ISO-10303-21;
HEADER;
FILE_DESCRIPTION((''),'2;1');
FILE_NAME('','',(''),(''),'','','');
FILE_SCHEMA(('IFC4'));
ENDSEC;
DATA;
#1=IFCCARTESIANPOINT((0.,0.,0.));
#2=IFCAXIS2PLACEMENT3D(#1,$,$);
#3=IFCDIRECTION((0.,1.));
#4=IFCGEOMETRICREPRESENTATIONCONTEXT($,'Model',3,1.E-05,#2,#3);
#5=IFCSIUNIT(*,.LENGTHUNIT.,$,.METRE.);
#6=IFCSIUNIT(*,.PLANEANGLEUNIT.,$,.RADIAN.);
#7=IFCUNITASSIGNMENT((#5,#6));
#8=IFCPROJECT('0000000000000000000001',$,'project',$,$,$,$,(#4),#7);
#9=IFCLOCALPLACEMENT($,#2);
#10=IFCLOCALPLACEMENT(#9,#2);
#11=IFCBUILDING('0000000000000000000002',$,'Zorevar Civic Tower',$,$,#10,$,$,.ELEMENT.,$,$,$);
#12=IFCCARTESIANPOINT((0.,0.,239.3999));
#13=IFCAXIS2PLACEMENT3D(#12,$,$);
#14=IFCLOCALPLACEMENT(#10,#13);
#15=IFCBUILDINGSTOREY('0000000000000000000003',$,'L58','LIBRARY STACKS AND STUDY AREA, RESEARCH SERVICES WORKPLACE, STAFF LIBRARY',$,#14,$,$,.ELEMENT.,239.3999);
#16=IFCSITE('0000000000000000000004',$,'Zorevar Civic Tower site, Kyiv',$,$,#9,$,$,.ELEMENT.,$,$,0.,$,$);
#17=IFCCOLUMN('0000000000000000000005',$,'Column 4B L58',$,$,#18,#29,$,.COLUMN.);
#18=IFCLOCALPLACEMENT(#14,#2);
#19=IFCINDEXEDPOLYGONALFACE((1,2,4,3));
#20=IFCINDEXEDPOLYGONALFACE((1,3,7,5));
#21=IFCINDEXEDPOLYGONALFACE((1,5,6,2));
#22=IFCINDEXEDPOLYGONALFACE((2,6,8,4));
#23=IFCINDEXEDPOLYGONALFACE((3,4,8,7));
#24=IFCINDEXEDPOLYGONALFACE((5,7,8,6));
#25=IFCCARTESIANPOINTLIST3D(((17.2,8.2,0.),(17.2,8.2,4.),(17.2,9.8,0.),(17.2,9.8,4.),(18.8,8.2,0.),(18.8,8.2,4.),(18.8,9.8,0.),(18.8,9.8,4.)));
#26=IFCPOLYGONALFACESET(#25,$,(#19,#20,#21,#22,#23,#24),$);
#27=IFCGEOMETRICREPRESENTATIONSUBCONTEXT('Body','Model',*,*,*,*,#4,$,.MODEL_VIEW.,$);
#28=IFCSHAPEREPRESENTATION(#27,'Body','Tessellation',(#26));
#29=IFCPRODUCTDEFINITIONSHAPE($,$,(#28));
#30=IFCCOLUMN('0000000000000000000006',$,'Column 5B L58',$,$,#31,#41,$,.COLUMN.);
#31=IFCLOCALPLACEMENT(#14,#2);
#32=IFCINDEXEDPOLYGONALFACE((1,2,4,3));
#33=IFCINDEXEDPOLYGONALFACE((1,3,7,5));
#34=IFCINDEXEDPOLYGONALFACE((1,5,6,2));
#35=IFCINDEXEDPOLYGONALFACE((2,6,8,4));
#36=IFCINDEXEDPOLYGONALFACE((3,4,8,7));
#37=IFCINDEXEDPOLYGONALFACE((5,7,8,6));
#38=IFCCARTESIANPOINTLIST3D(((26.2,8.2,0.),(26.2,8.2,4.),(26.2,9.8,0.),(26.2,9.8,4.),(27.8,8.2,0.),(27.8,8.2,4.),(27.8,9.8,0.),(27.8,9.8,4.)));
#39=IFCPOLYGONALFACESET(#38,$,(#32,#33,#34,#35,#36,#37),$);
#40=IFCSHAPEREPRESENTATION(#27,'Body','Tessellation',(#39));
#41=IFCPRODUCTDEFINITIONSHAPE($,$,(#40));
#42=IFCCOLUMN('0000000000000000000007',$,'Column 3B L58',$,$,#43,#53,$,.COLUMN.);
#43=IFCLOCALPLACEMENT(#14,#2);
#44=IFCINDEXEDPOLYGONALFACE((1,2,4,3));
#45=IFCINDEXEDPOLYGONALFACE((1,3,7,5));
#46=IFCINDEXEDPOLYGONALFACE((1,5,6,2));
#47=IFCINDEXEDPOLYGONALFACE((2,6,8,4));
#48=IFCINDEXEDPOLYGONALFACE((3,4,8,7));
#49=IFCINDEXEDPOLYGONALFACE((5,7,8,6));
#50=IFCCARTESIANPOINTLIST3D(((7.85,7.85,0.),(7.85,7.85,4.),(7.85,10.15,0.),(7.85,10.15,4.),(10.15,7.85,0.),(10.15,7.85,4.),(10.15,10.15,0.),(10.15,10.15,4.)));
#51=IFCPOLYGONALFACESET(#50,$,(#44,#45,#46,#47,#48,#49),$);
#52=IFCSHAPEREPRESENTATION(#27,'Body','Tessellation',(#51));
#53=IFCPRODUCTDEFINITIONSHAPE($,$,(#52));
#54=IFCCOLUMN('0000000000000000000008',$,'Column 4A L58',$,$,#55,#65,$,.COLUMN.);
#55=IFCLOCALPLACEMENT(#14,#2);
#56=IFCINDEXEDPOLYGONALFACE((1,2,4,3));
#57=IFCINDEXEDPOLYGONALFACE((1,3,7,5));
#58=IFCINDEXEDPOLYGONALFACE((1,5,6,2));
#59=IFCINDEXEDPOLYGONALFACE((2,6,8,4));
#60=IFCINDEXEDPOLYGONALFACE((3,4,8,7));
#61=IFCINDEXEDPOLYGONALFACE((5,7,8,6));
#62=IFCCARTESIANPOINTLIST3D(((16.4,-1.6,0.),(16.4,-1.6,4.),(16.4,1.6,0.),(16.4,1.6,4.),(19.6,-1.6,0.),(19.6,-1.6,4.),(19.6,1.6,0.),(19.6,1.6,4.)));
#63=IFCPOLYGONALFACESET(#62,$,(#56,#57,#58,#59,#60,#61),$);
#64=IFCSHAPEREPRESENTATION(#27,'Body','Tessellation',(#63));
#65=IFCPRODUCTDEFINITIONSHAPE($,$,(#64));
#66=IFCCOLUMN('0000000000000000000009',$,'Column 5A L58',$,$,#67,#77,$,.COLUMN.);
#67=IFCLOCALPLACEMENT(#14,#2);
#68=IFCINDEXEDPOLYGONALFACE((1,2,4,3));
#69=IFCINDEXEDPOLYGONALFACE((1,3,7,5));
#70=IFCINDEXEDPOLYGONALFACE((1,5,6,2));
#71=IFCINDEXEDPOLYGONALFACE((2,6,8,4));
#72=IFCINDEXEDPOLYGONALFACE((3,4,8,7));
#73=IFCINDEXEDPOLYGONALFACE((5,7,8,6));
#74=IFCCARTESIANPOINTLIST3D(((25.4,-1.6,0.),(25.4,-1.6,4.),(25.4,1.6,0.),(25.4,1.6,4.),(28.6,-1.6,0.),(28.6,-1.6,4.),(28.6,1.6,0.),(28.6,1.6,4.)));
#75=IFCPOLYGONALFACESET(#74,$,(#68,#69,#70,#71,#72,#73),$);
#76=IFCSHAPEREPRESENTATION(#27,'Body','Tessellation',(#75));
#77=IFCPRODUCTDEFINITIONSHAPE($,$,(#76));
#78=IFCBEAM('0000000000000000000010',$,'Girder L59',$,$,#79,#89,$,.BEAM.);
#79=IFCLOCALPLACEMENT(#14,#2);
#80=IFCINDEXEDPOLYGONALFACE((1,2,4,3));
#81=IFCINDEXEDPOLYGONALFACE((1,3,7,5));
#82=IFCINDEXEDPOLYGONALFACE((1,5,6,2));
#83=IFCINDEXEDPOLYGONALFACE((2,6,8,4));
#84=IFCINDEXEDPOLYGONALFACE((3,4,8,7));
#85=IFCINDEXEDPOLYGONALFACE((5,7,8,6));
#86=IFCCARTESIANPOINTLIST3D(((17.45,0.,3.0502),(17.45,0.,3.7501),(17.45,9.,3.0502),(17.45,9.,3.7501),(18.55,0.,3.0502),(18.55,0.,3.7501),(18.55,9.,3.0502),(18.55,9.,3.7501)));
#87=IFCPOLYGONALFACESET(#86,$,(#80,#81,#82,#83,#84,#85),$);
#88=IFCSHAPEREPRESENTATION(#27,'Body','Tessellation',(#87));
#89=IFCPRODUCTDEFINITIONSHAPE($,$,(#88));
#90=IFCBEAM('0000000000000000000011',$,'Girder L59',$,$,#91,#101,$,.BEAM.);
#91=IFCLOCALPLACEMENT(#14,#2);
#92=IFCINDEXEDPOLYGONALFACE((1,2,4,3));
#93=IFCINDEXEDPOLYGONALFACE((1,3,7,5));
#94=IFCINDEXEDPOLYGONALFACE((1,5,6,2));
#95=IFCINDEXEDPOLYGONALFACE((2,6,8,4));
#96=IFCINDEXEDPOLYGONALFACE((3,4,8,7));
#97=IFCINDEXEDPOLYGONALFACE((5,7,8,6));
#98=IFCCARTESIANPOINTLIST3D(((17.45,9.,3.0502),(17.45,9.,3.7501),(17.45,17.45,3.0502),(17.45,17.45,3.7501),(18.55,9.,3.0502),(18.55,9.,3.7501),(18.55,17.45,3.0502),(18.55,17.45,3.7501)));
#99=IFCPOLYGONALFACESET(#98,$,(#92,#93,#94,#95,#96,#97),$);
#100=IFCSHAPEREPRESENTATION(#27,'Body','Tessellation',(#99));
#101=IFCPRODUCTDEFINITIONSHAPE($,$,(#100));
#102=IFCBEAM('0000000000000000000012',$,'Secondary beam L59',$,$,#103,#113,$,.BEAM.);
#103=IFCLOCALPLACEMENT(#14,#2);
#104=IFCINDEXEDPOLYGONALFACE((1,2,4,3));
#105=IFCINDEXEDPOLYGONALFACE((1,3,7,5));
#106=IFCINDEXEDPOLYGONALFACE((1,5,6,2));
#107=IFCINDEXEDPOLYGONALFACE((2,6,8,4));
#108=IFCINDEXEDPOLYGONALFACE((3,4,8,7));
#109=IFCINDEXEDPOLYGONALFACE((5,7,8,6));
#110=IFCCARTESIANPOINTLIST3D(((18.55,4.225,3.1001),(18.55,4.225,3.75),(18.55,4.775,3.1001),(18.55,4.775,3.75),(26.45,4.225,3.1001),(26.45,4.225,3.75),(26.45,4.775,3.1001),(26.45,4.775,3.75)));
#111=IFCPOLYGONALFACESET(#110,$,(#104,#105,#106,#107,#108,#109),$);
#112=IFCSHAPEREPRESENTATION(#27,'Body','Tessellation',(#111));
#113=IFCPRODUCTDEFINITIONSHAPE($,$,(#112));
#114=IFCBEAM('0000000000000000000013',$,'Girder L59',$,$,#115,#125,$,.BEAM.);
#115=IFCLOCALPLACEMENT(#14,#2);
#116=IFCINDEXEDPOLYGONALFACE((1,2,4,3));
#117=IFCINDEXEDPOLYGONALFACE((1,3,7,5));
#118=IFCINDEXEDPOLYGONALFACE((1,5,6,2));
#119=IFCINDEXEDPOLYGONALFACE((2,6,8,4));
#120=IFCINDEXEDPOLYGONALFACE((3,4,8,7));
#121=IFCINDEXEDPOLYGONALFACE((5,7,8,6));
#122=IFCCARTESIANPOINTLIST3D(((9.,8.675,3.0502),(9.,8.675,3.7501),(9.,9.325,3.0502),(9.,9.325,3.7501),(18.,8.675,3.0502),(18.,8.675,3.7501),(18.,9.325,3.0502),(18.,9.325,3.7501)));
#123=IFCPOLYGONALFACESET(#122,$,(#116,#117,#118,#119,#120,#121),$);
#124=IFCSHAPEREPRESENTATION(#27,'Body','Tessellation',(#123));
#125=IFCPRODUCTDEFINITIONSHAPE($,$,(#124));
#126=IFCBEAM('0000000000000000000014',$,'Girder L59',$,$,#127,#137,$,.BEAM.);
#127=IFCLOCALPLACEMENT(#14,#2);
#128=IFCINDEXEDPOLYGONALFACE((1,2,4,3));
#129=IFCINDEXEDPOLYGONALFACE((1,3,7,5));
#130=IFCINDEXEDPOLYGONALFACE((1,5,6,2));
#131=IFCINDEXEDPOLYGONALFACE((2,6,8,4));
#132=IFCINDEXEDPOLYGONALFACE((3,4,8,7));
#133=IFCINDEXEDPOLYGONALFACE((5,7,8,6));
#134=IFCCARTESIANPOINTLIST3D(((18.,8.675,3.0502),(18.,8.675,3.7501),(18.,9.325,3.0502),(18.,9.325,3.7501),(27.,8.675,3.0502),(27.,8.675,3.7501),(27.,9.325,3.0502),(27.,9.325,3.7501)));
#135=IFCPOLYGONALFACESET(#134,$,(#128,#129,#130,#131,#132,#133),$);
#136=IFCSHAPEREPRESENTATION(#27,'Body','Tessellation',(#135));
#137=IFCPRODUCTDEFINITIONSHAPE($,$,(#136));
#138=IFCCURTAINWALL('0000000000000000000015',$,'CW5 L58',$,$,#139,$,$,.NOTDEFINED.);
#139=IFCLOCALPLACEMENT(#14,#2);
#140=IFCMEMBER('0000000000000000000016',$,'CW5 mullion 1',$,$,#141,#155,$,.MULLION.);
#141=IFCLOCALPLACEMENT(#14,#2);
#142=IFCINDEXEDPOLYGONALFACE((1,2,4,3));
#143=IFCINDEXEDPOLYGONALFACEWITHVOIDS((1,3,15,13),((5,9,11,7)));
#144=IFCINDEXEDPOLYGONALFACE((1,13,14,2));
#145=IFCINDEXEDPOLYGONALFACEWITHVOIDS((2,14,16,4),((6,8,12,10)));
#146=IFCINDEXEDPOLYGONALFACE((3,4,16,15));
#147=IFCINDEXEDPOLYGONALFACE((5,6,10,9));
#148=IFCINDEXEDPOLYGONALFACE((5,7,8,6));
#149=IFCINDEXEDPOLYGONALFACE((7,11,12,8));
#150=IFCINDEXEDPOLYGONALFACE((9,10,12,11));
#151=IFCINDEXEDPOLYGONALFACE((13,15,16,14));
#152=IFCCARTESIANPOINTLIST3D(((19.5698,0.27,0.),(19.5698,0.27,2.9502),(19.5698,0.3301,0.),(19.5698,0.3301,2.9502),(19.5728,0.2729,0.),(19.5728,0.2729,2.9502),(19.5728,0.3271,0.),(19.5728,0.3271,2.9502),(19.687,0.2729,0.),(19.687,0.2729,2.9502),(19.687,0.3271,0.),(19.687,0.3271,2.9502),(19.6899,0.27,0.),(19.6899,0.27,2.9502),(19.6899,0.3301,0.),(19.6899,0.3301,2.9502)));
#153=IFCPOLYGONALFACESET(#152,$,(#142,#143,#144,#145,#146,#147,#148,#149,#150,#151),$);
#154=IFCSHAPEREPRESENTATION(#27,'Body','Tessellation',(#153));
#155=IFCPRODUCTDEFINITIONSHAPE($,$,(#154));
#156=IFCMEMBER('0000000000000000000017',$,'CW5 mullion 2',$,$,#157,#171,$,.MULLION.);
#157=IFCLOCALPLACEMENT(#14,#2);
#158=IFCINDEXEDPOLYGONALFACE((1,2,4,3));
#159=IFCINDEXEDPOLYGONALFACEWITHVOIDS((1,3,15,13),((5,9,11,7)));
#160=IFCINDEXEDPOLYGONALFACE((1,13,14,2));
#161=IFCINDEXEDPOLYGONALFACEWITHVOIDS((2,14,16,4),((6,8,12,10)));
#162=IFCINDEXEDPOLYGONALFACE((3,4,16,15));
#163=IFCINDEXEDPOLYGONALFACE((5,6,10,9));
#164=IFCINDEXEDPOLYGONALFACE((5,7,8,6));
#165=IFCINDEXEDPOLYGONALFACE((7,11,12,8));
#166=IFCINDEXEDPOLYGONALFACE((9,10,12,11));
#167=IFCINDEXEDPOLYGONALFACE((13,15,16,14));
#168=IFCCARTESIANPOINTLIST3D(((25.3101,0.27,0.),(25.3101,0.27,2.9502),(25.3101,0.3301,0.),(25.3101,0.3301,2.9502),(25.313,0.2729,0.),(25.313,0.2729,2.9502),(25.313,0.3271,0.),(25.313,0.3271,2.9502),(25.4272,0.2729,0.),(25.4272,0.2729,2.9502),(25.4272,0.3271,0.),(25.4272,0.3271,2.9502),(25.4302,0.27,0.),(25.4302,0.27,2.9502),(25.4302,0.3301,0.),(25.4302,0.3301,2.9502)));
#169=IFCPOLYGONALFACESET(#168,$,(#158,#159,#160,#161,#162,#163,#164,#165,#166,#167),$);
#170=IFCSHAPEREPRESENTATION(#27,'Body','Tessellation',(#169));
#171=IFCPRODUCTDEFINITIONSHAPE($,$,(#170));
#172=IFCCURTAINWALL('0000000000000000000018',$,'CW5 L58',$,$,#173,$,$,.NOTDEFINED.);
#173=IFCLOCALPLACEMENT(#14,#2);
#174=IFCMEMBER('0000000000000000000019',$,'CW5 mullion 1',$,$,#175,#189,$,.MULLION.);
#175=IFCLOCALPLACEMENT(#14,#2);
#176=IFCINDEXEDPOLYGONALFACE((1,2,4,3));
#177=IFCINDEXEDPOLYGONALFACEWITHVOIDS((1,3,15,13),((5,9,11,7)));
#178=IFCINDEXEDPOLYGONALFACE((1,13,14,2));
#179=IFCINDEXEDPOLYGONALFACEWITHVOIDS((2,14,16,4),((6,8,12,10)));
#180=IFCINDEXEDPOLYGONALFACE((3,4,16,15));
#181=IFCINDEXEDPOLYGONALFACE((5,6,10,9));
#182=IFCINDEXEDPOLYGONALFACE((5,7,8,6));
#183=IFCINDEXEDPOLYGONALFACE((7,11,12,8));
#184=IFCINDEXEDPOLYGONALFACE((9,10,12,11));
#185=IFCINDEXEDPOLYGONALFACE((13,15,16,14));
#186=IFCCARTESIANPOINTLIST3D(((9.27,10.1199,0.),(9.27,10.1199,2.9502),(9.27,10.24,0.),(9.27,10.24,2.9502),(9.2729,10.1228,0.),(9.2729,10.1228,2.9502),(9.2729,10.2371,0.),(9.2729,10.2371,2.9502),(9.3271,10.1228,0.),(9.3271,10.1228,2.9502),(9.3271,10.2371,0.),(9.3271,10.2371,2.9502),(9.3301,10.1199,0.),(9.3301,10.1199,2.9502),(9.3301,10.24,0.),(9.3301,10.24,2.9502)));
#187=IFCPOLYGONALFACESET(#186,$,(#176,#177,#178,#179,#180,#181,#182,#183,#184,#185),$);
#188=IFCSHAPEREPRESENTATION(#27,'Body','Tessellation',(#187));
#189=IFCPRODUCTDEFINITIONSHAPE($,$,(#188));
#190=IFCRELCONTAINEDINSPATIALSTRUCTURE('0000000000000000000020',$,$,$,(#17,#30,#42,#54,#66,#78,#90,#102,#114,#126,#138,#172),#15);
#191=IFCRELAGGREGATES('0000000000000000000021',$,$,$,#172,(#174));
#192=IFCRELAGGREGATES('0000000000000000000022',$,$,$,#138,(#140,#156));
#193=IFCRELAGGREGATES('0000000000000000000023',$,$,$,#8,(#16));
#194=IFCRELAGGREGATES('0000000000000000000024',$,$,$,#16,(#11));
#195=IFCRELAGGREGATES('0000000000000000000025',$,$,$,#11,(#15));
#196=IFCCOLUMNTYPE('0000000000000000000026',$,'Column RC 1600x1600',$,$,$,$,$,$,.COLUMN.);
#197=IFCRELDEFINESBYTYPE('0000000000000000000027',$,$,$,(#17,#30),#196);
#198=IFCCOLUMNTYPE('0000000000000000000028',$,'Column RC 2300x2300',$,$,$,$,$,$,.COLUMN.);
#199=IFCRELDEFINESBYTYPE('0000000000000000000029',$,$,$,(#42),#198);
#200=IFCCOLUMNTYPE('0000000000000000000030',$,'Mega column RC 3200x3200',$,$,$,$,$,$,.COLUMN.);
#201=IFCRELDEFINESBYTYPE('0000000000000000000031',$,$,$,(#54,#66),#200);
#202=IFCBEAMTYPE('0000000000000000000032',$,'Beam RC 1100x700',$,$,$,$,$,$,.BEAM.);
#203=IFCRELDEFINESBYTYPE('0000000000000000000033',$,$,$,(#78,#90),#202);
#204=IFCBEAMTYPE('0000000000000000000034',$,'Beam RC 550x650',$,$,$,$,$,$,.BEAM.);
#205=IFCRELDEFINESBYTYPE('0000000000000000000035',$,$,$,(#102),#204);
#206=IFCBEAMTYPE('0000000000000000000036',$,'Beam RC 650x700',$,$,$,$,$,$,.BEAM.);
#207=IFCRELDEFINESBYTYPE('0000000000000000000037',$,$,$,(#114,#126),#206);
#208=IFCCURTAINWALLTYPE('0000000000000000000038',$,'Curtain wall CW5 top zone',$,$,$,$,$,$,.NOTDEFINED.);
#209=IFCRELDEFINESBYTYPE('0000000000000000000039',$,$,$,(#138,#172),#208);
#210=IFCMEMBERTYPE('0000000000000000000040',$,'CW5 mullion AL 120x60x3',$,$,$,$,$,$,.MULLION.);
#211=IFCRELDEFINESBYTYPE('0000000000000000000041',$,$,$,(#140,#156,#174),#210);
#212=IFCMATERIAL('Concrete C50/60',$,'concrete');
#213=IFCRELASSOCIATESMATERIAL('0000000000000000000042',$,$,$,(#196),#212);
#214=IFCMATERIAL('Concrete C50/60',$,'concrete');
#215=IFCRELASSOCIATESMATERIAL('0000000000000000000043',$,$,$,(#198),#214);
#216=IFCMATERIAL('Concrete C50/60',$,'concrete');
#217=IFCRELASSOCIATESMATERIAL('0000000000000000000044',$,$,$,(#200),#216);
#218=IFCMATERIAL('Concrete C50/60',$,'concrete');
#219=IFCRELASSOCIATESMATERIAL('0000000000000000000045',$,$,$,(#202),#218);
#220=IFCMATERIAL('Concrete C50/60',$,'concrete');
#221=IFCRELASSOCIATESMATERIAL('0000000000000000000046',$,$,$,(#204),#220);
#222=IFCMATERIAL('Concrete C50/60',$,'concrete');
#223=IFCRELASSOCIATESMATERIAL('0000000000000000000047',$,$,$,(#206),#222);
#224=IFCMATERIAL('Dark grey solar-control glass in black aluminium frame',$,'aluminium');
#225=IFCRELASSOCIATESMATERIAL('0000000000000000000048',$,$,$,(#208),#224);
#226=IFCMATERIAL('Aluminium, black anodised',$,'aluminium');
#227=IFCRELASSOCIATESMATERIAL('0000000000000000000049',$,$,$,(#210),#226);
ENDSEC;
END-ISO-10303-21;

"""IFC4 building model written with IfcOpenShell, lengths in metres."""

from ifc_helpers import new_model, si_unit, direction, frame, origin, origin_2d, place, context, subcontext, project, spatial, rectangle, hollow_rectangle, extrude, material, material_profile, profile_set, type_object, element, aggregate, save


model = new_model("IFC4")

# Units and contexts
model_context = context("Model", 3, precision=1e-05, world=origin(), true_north=direction((0.0, 1.0)))
body_context = subcontext(model_context, "Body", "Model", "MODEL_VIEW")
ifc_project = project(units=[si_unit("LENGTHUNIT", "METRE"), si_unit("PLANEANGLEUNIT", "RADIAN")], contexts=[model_context])

# Site, building, storey
site_placement = place(None, origin())
site = spatial("IfcSite", under=ifc_project, at=site_placement, Name="Zorevar Civic Tower site, Kyiv", CompositionType="ELEMENT", RefElevation=0.0)
building_placement = place(site_placement, origin())
building = spatial("IfcBuilding", under=site, at=building_placement, Name="Zorevar Civic Tower", CompositionType="ELEMENT")
storey_placement = place(building_placement, frame((0.0, 0.0, 239.3999)))
storey = spatial("IfcBuildingStorey", under=building, at=storey_placement, Name="L58", Description="LIBRARY STACKS AND STUDY AREA, RESEARCH SERVICES WORKPLACE, STAFF LIBRARY", CompositionType="ELEMENT", Elevation=239.3999)

# Columns
ifc_material_1 = material(Name="Concrete C50/60", Category="concrete")
ifc_material_profile_1 = material_profile(ifc_material_1, rectangle(XDim=1.6001, YDim=1.6001, at=origin_2d()), Name="RC 1600x1600")
ifc_profile_set_1 = profile_set([ifc_material_profile_1], Name="Concrete C50/60")
column_type_1 = type_object("IfcColumnType", Name="Column RC 1600x1600", PredefinedType="COLUMN", material=ifc_profile_set_1)
for number, where, z_axis, x_axis, name in (
    (1, (18.0, 9.0, 0.0), (0.0, 0.0, 1.0), (1.0, 0.0, 0.0), "Column 4B L58"),
    (2, (27.0, 9.0, 0.0), (0.0, 0.0, 1.0), (1.0, 0.0, 0.0), "Column 5B L58"),
):
    element("IfcColumn", number, at=place(storey_placement, frame(where, z_axis=z_axis, x_axis=x_axis)), inside=storey, type_object=column_type_1, Name=name, PredefinedType="COLUMN", context=body_context, shape_type="SweptSolid", body=[
        extrude(rectangle(XDim=1.6001, YDim=1.6001, at=origin_2d()), origin(), (0.0, 0.0, 1.0), 4.0),
    ])
ifc_material_2 = material(Name="Concrete C50/60", Category="concrete")
ifc_material_profile_2 = material_profile(ifc_material_2, rectangle(XDim=2.3, YDim=2.3, at=origin_2d()), Name="RC 2300x2300")
ifc_profile_set_2 = profile_set([ifc_material_profile_2], Name="Concrete C50/60")
column_type_2 = type_object("IfcColumnType", Name="Column RC 2300x2300", PredefinedType="COLUMN", material=ifc_profile_set_2)
column_placement = place(storey_placement, frame((9.0, 9.0, 0.0), z_axis=(0.0, 0.0, 1.0), x_axis=(1.0, 0.0, 0.0)))
element("IfcColumn", 3, at=column_placement, inside=storey, type_object=column_type_2, Name="Column 3B L58", PredefinedType="COLUMN", context=body_context, shape_type="SweptSolid", body=[
    extrude(rectangle(XDim=2.3, YDim=2.3, at=origin_2d()), origin(), (0.0, 0.0, 1.0), 4.0),
])
ifc_material_3 = material(Name="Concrete C50/60", Category="concrete")
ifc_material_profile_3 = material_profile(ifc_material_3, rectangle(XDim=3.2, YDim=3.2, at=origin_2d()), Name="RC 3200x3200")
ifc_profile_set_3 = profile_set([ifc_material_profile_3], Name="Concrete C50/60")
column_type_3 = type_object("IfcColumnType", Name="Mega column RC 3200x3200", PredefinedType="COLUMN", material=ifc_profile_set_3)
for number, where, z_axis, x_axis, name in (
    (4, (18.0, 0.0, 0.0), (0.0, 0.0, 1.0), (1.0, 0.0, 0.0), "Column 4A L58"),
    (5, (27.0, 0.0, 0.0), (0.0, 0.0, 1.0), (1.0, 0.0, 0.0), "Column 5A L58"),
):
    element("IfcColumn", number, at=place(storey_placement, frame(where, z_axis=z_axis, x_axis=x_axis)), inside=storey, type_object=column_type_3, Name=name, PredefinedType="COLUMN", context=body_context, shape_type="SweptSolid", body=[
        extrude(rectangle(XDim=3.2, YDim=3.2, at=origin_2d()), origin(), (0.0, 0.0, 1.0), 4.0),
    ])

# Beams
ifc_material_4 = material(Name="Concrete C50/60", Category="concrete")
ifc_material_profile_4 = material_profile(ifc_material_4, rectangle(XDim=1.1001, YDim=0.7, at=origin_2d()), Name="RC 1100x700")
ifc_profile_set_4 = profile_set([ifc_material_profile_4], Name="Concrete C50/60")
beam_type_1 = type_object("IfcBeamType", Name="Beam RC 1100x700", PredefinedType="BEAM", material=ifc_profile_set_4)
beam_1_placement = place(storey_placement, frame((18.0, 0.0, 3.4001), z_axis=(0.0, 1.0, 0.0), x_axis=(-1.0, 0.0, 0.0)))
element("IfcBeam", 6, at=beam_1_placement, inside=storey, type_object=beam_type_1, Name="Girder L59", PredefinedType="BEAM", context=body_context, shape_type="SweptSolid", body=[
    extrude(rectangle(XDim=1.1001, YDim=0.7, at=origin_2d()), origin(), (0.0, 0.0, 1.0), 9.0),
])
beam_2_placement = place(storey_placement, frame((18.0, 9.0, 3.4001), z_axis=(0.0, 1.0, 0.0), x_axis=(-1.0, 0.0, 0.0)))
element("IfcBeam", 7, at=beam_2_placement, inside=storey, type_object=beam_type_1, Name="Girder L59", PredefinedType="BEAM", context=body_context, shape_type="SweptSolid", body=[
    extrude(rectangle(XDim=1.1001, YDim=0.7, at=origin_2d()), origin(), (0.0, 0.0, 1.0), 8.45),
])
ifc_material_5 = material(Name="Concrete C50/60", Category="concrete")
ifc_material_profile_5 = material_profile(ifc_material_5, rectangle(XDim=0.55, YDim=0.6499, at=origin_2d()), Name="RC 550x650")
ifc_profile_set_5 = profile_set([ifc_material_profile_5], Name="Concrete C50/60")
beam_type_2 = type_object("IfcBeamType", Name="Beam RC 550x650", PredefinedType="BEAM", material=ifc_profile_set_5)
beam_3_placement = place(storey_placement, frame((18.55, 4.5, 3.425), z_axis=(1.0, 0.0, 0.0), x_axis=(0.0, 1.0, 0.0)))
element("IfcBeam", 8, at=beam_3_placement, inside=storey, type_object=beam_type_2, Name="Secondary beam L59", PredefinedType="BEAM", context=body_context, shape_type="SweptSolid", body=[
    extrude(rectangle(XDim=0.55, YDim=0.6499, at=origin_2d()), origin(), (0.0, 0.0, 1.0), 7.8999),
])
ifc_material_6 = material(Name="Concrete C50/60", Category="concrete")
ifc_material_profile_6 = material_profile(ifc_material_6, rectangle(XDim=0.6499, YDim=0.7, at=origin_2d()), Name="RC 650x700")
ifc_profile_set_6 = profile_set([ifc_material_profile_6], Name="Concrete C50/60")
beam_type_3 = type_object("IfcBeamType", Name="Beam RC 650x700", PredefinedType="BEAM", material=ifc_profile_set_6)
for number, where, z_axis, x_axis, name in (
    (9, (9.0, 9.0, 3.4001), (1.0, 0.0, 0.0), (0.0, 1.0, 0.0), "Girder L59"),
    (10, (18.0, 9.0, 3.4001), (1.0, 0.0, 0.0), (0.0, 1.0, 0.0), "Girder L59"),
):
    element("IfcBeam", number, at=place(storey_placement, frame(where, z_axis=z_axis, x_axis=x_axis)), inside=storey, type_object=beam_type_3, Name=name, PredefinedType="BEAM", context=body_context, shape_type="SweptSolid", body=[
        extrude(rectangle(XDim=0.6499, YDim=0.7, at=origin_2d()), origin(), (0.0, 0.0, 1.0), 9.0),
    ])

# Curtain wall, members
ifc_material_7 = material(Name="Dark grey solar-control glass in black aluminium frame", Category="aluminium")
curtain_wall_type = type_object("IfcCurtainWallType", Name="Curtain wall CW5 top zone", PredefinedType="NOTDEFINED", material=ifc_material_7)
curtain_wall_1_placement = place(storey_placement, origin())
curtain_wall_1 = element("IfcCurtainWall", 11, at=curtain_wall_1_placement, inside=storey, type_object=curtain_wall_type, Name="CW5 L58", PredefinedType="NOTDEFINED")
ifc_material_8 = material(Name="Aluminium, black anodised", Category="aluminium")
ifc_material_profile_7 = material_profile(ifc_material_8, hollow_rectangle(XDim=0.0601, YDim=0.1201, WallThickness=0.0029, at=origin_2d()), Name="AL 120x60x3")
ifc_profile_set_7 = profile_set([ifc_material_profile_7], Name="Aluminium, black anodised")
member_type_1 = type_object("IfcMemberType", Name="CW5 mullion AL 120x60x3", PredefinedType="MULLION", material=ifc_profile_set_7)
member_1_placement = place(storey_placement, frame((19.6299, 0.3, 0.0), z_axis=(0.0, 0.0, 1.0), x_axis=(0.0, 1.0, 0.0)))
member_1 = element("IfcMember", 12, at=member_1_placement, type_object=member_type_1, Name="CW5 mullion 1", PredefinedType="MULLION", context=body_context, shape_type="SweptSolid", body=[
    extrude(hollow_rectangle(XDim=0.0601, YDim=0.1201, WallThickness=0.0029, at=origin_2d()), origin(), (0.0, 0.0, 1.0), 2.9502),
])
member_2_placement = place(storey_placement, frame((25.3701, 0.3, 0.0), z_axis=(0.0, 0.0, 1.0), x_axis=(0.0, 1.0, 0.0)))
member_2 = element("IfcMember", 13, at=member_2_placement, type_object=member_type_1, Name="CW5 mullion 2", PredefinedType="MULLION", context=body_context, shape_type="SweptSolid", body=[
    extrude(hollow_rectangle(XDim=0.0601, YDim=0.1201, WallThickness=0.0029, at=origin_2d()), origin(), (0.0, 0.0, 1.0), 2.9502),
])

# Curtain wall, member
curtain_wall_2_placement = place(storey_placement, origin())
curtain_wall_2 = element("IfcCurtainWall", 14, at=curtain_wall_2_placement, inside=storey, type_object=curtain_wall_type, Name="CW5 L58", PredefinedType="NOTDEFINED")
member_3_placement = place(storey_placement, frame((9.3, 10.1799, 0.0), z_axis=(0.0, 0.0, 1.0), x_axis=(-1.0, 0.0, 0.0)))
member_3 = element("IfcMember", 15, at=member_3_placement, type_object=member_type_1, Name="CW5 mullion 1", PredefinedType="MULLION", context=body_context, shape_type="SweptSolid", body=[
    extrude(hollow_rectangle(XDim=0.0601, YDim=0.1201, WallThickness=0.0029, at=origin_2d()), origin(), (0.0, 0.0, 1.0), 2.9502),
])

aggregate(curtain_wall_2, [member_3])

aggregate(curtain_wall_1, [member_1, member_2])

save(model, "model.ifc")
